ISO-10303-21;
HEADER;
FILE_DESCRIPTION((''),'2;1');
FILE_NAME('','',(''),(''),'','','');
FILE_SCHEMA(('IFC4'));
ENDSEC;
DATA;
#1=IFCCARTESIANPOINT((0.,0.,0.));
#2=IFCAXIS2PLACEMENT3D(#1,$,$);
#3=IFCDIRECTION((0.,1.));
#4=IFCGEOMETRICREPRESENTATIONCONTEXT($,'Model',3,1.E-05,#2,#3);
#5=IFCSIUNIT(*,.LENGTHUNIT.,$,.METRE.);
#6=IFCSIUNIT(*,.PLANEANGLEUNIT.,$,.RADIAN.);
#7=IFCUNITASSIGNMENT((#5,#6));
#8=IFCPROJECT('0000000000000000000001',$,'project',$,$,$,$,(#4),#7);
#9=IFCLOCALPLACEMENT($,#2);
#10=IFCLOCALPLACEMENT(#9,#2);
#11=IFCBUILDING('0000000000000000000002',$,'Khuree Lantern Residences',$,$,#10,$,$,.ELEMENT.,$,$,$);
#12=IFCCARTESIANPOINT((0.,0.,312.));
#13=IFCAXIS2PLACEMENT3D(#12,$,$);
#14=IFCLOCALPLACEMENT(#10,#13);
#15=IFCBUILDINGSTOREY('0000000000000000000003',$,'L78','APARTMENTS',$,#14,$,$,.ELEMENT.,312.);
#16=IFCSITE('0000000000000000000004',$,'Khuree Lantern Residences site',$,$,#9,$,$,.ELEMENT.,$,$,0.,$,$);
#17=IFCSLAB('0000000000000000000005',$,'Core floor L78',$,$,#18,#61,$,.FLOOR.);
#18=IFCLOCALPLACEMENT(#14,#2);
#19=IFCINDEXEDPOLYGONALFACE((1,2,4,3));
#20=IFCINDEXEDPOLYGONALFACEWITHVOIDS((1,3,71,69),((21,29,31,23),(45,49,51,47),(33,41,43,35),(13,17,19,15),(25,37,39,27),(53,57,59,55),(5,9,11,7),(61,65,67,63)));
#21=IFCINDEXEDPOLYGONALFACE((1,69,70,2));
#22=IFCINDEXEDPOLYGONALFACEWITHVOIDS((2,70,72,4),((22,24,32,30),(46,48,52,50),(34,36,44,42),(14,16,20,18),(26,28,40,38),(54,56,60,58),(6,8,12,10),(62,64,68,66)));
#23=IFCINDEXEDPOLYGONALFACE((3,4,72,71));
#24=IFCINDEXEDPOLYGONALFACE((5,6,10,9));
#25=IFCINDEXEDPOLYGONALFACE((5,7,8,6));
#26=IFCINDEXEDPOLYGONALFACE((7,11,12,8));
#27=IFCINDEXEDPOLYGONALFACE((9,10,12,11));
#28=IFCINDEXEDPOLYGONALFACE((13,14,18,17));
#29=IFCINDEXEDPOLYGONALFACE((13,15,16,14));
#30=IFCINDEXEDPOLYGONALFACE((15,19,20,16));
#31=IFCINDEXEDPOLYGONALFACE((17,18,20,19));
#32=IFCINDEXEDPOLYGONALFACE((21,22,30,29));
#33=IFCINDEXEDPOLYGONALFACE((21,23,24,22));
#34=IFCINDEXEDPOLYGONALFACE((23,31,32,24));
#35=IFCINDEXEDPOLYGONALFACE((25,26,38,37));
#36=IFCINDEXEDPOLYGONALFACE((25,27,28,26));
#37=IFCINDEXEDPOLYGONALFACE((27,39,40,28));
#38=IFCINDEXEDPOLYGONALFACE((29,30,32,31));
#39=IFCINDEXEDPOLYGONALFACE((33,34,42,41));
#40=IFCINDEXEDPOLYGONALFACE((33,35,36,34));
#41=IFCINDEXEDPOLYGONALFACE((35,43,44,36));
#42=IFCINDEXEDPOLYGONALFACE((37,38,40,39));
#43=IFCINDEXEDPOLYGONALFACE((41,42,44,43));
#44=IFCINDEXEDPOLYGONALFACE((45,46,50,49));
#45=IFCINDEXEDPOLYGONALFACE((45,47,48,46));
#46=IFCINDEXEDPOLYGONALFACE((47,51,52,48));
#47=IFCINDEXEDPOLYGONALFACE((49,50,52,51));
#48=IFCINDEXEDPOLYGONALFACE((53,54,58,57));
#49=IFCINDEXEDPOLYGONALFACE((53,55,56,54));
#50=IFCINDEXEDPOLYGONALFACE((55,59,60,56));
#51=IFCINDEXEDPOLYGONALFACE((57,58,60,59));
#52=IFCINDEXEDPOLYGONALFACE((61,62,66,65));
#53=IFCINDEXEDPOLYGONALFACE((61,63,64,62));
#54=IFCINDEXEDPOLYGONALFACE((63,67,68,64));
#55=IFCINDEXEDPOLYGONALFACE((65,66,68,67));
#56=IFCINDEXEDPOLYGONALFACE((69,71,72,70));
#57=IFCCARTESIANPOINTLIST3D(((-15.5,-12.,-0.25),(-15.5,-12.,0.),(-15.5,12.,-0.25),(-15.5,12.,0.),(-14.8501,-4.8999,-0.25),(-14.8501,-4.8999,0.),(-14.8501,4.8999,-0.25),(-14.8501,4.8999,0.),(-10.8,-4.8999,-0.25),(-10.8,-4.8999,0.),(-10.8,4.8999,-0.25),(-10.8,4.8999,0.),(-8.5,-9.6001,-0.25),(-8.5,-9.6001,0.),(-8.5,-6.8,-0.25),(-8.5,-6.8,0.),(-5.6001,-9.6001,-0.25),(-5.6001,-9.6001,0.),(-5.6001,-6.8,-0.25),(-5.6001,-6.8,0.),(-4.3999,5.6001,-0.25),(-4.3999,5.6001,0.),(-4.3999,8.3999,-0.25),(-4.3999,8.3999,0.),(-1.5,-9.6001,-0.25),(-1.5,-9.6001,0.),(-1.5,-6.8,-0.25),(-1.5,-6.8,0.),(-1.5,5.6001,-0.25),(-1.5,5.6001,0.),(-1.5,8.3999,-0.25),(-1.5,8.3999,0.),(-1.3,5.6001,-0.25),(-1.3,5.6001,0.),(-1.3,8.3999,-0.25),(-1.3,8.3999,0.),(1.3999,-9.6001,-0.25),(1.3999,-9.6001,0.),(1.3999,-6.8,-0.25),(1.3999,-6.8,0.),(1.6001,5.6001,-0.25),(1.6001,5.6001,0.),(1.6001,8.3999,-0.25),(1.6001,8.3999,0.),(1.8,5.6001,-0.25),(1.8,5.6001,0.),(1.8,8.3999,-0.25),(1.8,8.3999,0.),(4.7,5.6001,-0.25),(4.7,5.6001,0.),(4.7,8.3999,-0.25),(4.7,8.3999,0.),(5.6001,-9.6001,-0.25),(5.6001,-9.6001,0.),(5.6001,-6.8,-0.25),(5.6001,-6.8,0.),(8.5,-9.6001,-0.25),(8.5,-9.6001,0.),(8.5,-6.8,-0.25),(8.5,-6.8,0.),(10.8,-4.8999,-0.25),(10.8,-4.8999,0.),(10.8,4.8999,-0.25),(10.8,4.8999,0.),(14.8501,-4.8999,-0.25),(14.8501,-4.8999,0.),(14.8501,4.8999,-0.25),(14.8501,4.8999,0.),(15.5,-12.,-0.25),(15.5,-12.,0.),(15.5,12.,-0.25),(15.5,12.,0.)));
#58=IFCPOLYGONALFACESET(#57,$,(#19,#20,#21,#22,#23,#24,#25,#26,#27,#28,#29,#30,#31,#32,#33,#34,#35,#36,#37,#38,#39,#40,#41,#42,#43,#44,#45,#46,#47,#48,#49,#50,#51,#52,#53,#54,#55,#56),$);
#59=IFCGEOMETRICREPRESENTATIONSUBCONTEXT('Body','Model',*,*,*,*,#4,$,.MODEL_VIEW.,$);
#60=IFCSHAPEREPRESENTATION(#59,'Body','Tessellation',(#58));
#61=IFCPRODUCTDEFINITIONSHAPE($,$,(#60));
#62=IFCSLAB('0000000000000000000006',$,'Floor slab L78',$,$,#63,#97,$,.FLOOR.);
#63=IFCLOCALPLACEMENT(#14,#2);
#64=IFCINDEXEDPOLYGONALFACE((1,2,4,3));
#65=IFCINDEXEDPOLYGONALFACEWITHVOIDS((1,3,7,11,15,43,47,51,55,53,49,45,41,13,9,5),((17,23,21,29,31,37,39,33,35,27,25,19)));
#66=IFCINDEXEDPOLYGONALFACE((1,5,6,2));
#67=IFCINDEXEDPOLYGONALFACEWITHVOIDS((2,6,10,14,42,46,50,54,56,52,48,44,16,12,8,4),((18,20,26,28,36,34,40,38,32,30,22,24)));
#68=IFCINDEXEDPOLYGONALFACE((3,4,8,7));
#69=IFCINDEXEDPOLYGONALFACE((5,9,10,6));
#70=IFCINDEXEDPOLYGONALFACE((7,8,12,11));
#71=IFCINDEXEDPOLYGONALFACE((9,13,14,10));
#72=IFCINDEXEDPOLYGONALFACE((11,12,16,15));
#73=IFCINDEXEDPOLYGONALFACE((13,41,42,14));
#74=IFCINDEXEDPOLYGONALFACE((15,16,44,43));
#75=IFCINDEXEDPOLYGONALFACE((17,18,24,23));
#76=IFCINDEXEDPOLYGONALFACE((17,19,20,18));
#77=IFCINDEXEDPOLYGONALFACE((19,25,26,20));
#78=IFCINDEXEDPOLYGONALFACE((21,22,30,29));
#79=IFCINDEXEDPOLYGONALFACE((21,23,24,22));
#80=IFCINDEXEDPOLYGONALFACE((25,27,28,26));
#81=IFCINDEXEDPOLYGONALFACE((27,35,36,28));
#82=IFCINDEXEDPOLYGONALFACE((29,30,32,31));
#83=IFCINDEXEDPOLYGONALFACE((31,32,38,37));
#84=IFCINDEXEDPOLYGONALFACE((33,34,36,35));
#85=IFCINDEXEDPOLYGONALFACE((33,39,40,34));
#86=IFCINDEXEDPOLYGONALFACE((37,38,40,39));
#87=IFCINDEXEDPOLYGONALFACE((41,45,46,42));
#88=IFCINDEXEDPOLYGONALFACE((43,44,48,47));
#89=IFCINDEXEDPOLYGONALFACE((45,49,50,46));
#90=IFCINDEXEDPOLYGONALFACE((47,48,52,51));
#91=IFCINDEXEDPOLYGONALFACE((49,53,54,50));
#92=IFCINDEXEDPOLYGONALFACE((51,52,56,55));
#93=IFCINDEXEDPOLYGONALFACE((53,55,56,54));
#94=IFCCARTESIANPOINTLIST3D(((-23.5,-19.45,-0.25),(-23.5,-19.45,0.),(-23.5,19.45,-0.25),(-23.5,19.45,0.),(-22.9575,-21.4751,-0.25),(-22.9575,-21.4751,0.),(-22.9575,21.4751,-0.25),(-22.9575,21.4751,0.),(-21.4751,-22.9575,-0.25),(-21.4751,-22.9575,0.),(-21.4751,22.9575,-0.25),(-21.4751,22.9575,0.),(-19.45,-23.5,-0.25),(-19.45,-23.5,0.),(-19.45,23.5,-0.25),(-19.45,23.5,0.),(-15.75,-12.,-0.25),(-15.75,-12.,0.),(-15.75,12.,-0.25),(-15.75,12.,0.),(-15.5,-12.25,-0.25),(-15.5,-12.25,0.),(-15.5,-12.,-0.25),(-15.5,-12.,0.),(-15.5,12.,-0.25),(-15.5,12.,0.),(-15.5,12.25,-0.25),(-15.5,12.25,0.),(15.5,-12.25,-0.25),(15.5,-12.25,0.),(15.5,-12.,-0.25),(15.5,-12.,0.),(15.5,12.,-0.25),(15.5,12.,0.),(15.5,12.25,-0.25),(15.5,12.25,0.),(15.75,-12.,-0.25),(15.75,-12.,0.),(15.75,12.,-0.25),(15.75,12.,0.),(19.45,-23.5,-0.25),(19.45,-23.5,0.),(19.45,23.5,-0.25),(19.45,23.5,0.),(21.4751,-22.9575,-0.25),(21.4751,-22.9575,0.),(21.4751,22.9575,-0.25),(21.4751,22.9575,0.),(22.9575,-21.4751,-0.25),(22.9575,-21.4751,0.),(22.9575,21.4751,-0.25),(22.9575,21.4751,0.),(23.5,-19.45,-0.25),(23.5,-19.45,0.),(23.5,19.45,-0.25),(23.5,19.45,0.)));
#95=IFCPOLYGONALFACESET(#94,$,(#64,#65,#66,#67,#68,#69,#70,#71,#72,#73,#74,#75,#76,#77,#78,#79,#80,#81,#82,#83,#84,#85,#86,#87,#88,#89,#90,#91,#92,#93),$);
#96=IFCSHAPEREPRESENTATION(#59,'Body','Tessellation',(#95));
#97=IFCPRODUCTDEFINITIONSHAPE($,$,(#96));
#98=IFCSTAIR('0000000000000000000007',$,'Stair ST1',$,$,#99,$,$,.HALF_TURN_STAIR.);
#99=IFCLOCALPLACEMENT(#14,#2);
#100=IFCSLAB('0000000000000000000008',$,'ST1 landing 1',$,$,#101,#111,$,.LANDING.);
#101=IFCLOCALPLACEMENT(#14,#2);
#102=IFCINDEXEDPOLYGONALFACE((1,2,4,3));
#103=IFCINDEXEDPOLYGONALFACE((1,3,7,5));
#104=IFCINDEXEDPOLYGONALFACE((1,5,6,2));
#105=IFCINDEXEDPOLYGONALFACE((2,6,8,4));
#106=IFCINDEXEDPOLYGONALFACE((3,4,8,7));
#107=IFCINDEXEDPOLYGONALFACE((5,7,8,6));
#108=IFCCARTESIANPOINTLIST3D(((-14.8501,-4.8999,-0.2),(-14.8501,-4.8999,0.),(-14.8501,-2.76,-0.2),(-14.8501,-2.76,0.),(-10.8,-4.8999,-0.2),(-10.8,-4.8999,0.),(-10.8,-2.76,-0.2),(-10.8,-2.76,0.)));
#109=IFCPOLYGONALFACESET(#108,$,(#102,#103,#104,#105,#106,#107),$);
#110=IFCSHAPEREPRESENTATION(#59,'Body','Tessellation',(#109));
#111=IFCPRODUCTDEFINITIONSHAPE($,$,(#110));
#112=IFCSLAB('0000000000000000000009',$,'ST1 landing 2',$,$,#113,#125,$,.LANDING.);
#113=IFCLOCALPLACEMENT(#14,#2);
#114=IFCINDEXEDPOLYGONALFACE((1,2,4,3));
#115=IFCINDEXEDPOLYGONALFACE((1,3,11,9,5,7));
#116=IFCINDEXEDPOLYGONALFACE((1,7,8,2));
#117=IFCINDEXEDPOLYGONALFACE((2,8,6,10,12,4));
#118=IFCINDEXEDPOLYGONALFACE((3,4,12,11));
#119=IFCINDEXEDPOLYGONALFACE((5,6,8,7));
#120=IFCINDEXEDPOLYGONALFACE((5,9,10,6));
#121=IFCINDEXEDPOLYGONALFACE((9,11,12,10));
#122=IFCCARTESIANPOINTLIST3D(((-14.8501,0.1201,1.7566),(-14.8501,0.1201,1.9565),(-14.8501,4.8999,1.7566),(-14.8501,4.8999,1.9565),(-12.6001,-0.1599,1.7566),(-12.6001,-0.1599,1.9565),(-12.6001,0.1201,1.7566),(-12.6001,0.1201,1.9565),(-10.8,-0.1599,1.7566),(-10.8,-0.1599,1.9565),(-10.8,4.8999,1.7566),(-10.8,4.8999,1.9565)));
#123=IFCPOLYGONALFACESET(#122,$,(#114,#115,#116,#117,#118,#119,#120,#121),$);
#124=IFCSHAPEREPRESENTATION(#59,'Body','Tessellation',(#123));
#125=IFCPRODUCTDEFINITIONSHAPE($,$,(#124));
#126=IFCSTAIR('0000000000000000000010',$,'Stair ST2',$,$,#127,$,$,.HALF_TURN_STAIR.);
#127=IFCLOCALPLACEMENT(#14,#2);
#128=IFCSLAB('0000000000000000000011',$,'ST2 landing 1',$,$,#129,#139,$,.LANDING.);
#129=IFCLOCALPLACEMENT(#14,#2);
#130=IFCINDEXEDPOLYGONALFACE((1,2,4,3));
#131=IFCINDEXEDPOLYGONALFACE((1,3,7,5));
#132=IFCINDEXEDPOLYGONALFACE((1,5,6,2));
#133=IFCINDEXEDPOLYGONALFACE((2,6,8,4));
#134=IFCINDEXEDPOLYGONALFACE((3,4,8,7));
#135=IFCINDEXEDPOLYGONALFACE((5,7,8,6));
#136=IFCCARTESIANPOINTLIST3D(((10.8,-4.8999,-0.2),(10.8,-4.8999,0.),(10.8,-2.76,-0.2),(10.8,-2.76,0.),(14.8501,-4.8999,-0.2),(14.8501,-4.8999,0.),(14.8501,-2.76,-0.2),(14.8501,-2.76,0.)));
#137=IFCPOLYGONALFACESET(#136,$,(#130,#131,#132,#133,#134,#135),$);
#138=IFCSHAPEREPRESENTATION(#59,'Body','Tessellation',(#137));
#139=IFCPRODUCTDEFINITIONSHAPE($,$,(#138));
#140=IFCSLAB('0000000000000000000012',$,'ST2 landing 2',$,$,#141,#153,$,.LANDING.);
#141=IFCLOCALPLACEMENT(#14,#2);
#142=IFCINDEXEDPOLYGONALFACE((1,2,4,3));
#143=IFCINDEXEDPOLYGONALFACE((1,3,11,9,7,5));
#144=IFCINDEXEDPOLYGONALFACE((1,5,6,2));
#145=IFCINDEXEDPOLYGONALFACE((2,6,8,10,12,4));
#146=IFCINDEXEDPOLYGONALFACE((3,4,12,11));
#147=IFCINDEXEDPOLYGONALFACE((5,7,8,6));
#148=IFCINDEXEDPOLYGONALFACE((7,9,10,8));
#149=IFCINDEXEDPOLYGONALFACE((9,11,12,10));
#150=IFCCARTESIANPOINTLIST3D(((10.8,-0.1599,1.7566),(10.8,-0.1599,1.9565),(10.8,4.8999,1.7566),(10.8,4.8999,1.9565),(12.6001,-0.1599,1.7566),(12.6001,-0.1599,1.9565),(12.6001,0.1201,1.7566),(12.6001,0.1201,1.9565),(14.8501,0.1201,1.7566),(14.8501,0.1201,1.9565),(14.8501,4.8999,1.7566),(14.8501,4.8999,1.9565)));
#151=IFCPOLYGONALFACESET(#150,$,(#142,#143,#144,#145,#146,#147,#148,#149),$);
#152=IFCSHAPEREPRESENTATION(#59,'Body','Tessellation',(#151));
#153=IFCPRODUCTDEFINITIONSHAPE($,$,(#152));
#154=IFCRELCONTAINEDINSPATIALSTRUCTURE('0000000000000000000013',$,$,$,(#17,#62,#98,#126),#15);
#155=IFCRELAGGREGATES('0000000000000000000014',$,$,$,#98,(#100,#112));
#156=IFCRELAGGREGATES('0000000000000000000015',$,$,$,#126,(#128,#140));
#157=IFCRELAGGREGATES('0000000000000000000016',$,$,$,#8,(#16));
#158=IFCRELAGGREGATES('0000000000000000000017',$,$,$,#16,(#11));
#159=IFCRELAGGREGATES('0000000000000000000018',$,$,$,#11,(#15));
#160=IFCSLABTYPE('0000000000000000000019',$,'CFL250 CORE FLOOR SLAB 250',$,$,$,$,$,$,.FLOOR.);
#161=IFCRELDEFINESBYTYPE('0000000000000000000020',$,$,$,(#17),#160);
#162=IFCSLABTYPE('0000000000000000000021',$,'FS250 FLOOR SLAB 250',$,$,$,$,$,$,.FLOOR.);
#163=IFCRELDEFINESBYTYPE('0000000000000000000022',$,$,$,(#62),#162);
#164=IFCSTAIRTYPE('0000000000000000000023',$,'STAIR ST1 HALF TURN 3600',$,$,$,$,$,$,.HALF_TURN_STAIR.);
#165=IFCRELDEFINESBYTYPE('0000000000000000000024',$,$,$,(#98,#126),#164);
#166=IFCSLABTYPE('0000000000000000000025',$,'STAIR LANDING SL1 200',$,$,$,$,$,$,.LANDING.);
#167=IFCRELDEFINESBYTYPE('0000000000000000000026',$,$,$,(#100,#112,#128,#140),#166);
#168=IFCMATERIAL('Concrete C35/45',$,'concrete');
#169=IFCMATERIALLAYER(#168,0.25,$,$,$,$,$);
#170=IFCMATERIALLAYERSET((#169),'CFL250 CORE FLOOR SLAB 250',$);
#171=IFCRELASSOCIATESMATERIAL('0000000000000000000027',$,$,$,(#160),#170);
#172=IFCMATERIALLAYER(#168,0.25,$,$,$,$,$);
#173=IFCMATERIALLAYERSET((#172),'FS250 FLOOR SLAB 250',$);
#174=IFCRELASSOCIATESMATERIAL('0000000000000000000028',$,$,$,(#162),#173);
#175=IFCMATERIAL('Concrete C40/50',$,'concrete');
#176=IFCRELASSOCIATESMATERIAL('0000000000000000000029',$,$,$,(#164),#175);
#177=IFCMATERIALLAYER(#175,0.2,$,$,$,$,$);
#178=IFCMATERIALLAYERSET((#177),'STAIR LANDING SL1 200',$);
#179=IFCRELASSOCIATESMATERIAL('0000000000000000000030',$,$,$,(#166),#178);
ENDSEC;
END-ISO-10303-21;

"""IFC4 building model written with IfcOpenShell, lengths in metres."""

from ifc_helpers import new_model, si_unit, direction, frame, origin, place, context, subcontext, project, spatial, polyline, outline, extrude, material, layer, layer_set, type_object, element, aggregate, save


model = new_model("IFC4")

# Units and contexts
model_context = context("Model", 3, precision=1e-05, world=origin(), true_north=direction((0.0, 1.0)))
body_context = subcontext(model_context, "Body", "Model", "MODEL_VIEW")
ifc_project = project(units=[si_unit("LENGTHUNIT", "METRE"), si_unit("PLANEANGLEUNIT", "RADIAN")], contexts=[model_context])

# Site, building, storey
site_placement = place(None, origin())
site = spatial("IfcSite", under=ifc_project, at=site_placement, Name="Khuree Lantern Residences site", CompositionType="ELEMENT", RefElevation=0.0)
building_placement = place(site_placement, origin())
building = spatial("IfcBuilding", under=site, at=building_placement, Name="Khuree Lantern Residences", CompositionType="ELEMENT")
storey_placement = place(building_placement, frame((0.0, 0.0, 312.0)))
storey = spatial("IfcBuildingStorey", under=building, at=storey_placement, Name="L78", Description="APARTMENTS", CompositionType="ELEMENT", Elevation=312.0)

# Slabs
ifc_material_1 = material(Name="Concrete C35/45", Category="concrete")
ifc_layer_1 = layer(ifc_material_1, 0.25)
ifc_layer_set_1 = layer_set([ifc_layer_1], Name="CFL250 CORE FLOOR SLAB 250")
slab_type_1 = type_object("IfcSlabType", Name="CFL250 CORE FLOOR SLAB 250", PredefinedType="FLOOR", material=ifc_layer_set_1)
slab_1_placement = place(storey_placement, frame((0.0, 0.0, -0.25)))
element("IfcSlab", 1, at=slab_1_placement, inside=storey, type_object=slab_type_1, Name="Core floor L78", PredefinedType="FLOOR", context=body_context, shape_type="SweptSolid", body=[
    extrude(outline(polyline([(-15.5, -12.0), (-15.5, 12.0), (15.5, 12.0), (15.5, -12.0), (-15.5, -12.0)]), holes=[polyline([(10.8, 4.8999), (10.8, -4.8999), (14.8501, -4.8999), (14.8501, 4.8999), (10.8, 4.8999)]), polyline([(5.6001, -6.8), (5.6001, -9.6001), (8.5, -9.6001), (8.5, -6.8), (5.6001, -6.8)]), polyline([(1.8, 8.3999), (1.8, 5.6001), (4.7, 5.6001), (4.7, 8.3999), (1.8, 8.3999)]), polyline([(-1.3, 8.3999), (-1.3, 5.6001), (1.6001, 5.6001), (1.6001, 8.3999), (-1.3, 8.3999)]), polyline([(-1.5, -6.8), (-1.5, -9.6001), (1.3999, -9.6001), (1.3999, -6.8), (-1.5, -6.8)]), polyline([(-4.3999, 8.3999), (-4.3999, 5.6001), (-1.5, 5.6001), (-1.5, 8.3999), (-4.3999, 8.3999)]), polyline([(-8.5, -6.8), (-8.5, -9.6001), (-5.6001, -9.6001), (-5.6001, -6.8), (-8.5, -6.8)]), polyline([(-14.8501, 4.8999), (-14.8501, -4.8999), (-10.8, -4.8999), (-10.8, 4.8999), (-14.8501, 4.8999)])]), origin(), (0.0, 0.0, 1.0), 0.25),
])
ifc_layer_2 = layer(ifc_material_1, 0.25)
ifc_layer_set_2 = layer_set([ifc_layer_2], Name="FS250 FLOOR SLAB 250")
slab_type_2 = type_object("IfcSlabType", Name="FS250 FLOOR SLAB 250", PredefinedType="FLOOR", material=ifc_layer_set_2)
slab_2_placement = place(storey_placement, frame((0.0, 0.0, -0.25)))
element("IfcSlab", 2, at=slab_2_placement, inside=storey, type_object=slab_type_2, Name="Floor slab L78", PredefinedType="FLOOR", context=body_context, shape_type="SweptSolid", body=[
    extrude(outline(polyline([(-21.4751, -22.9575), (-22.9575, -21.4751), (-23.5, -19.45), (-23.5, 19.45), (-22.9575, 21.4751), (-21.4751, 22.9575), (-19.45, 23.5), (19.45, 23.5), (21.4751, 22.9575), (22.9575, 21.4751), (23.5, 19.45), (23.5, -19.45), (22.9575, -21.4751), (21.4751, -22.9575), (19.45, -23.5), (-19.45, -23.5), (-21.4751, -22.9575)]), holes=[polyline([(15.75, 12.0), (15.5, 12.0), (15.5, 12.25), (-15.5, 12.25), (-15.5, 12.0), (-15.75, 12.0), (-15.75, -12.0), (-15.5, -12.0), (-15.5, -12.25), (15.5, -12.25), (15.5, -12.0), (15.75, -12.0), (15.75, 12.0)])]), origin(), (0.0, 0.0, 1.0), 0.25),
])

# Stairs, slabs
ifc_material_2 = material(Name="Concrete C40/50", Category="concrete")
stair_type = type_object("IfcStairType", Name="STAIR ST1 HALF TURN 3600", PredefinedType="HALF_TURN_STAIR", material=ifc_material_2)
stair_1_placement = place(storey_placement, origin())
stair_1 = element("IfcStair", 3, at=stair_1_placement, inside=storey, type_object=stair_type, Name="Stair ST1", PredefinedType="HALF_TURN_STAIR")
ifc_layer_3 = layer(ifc_material_2, 0.2)
ifc_layer_set_3 = layer_set([ifc_layer_3], Name="STAIR LANDING SL1 200")
slab_type_3 = type_object("IfcSlabType", Name="STAIR LANDING SL1 200", PredefinedType="LANDING", material=ifc_layer_set_3)
slab_3_placement = place(storey_placement, frame((0.0, 0.0, -0.2)))
slab_3 = element("IfcSlab", 4, at=slab_3_placement, type_object=slab_type_3, Name="ST1 landing 1", PredefinedType="LANDING", context=body_context, shape_type="SweptSolid", body=[
    extrude(outline(polyline([(-14.8501, -4.8999), (-10.8, -4.8999), (-10.8, -2.76), (-14.8501, -2.76), (-14.8501, -4.8999)])), origin(), (0.0, 0.0, 1.0), 0.2),
])
slab_4_placement = place(storey_placement, frame((0.0, 0.0, 1.7566)))
slab_4 = element("IfcSlab", 5, at=slab_4_placement, type_object=slab_type_3, Name="ST1 landing 2", PredefinedType="LANDING", context=body_context, shape_type="SweptSolid", body=[
    extrude(outline(polyline([(-14.8501, 0.1201), (-14.8501, 4.8999), (-10.8, 4.8999), (-10.8, -0.1599), (-12.6001, -0.1599), (-12.6001, 0.1201), (-14.8501, 0.1201)])), origin(), (0.0, 0.0, 1.0), 0.2),
])
aggregate(stair_1, [slab_3, slab_4])
stair_2_placement = place(storey_placement, origin())
stair_2 = element("IfcStair", 6, at=stair_2_placement, inside=storey, type_object=stair_type, Name="Stair ST2", PredefinedType="HALF_TURN_STAIR")
slab_5_placement = place(storey_placement, frame((0.0, 0.0, -0.2)))
slab_5 = element("IfcSlab", 7, at=slab_5_placement, type_object=slab_type_3, Name="ST2 landing 1", PredefinedType="LANDING", context=body_context, shape_type="SweptSolid", body=[
    extrude(outline(polyline([(10.8, -4.8999), (14.8501, -4.8999), (14.8501, -2.76), (10.8, -2.76), (10.8, -4.8999)])), origin(), (0.0, 0.0, 1.0), 0.2),
])
slab_6_placement = place(storey_placement, frame((0.0, 0.0, 1.7566)))
slab_6 = element("IfcSlab", 8, at=slab_6_placement, type_object=slab_type_3, Name="ST2 landing 2", PredefinedType="LANDING", context=body_context, shape_type="SweptSolid", body=[
    extrude(outline(polyline([(14.8501, 4.8999), (14.8501, 0.1201), (12.6001, 0.1201), (12.6001, -0.1599), (10.8, -0.1599), (10.8, 4.8999), (14.8501, 4.8999)])), origin(), (0.0, 0.0, 1.0), 0.2),
])
aggregate(stair_2, [slab_5, slab_6])

save(model, "model.ifc")
